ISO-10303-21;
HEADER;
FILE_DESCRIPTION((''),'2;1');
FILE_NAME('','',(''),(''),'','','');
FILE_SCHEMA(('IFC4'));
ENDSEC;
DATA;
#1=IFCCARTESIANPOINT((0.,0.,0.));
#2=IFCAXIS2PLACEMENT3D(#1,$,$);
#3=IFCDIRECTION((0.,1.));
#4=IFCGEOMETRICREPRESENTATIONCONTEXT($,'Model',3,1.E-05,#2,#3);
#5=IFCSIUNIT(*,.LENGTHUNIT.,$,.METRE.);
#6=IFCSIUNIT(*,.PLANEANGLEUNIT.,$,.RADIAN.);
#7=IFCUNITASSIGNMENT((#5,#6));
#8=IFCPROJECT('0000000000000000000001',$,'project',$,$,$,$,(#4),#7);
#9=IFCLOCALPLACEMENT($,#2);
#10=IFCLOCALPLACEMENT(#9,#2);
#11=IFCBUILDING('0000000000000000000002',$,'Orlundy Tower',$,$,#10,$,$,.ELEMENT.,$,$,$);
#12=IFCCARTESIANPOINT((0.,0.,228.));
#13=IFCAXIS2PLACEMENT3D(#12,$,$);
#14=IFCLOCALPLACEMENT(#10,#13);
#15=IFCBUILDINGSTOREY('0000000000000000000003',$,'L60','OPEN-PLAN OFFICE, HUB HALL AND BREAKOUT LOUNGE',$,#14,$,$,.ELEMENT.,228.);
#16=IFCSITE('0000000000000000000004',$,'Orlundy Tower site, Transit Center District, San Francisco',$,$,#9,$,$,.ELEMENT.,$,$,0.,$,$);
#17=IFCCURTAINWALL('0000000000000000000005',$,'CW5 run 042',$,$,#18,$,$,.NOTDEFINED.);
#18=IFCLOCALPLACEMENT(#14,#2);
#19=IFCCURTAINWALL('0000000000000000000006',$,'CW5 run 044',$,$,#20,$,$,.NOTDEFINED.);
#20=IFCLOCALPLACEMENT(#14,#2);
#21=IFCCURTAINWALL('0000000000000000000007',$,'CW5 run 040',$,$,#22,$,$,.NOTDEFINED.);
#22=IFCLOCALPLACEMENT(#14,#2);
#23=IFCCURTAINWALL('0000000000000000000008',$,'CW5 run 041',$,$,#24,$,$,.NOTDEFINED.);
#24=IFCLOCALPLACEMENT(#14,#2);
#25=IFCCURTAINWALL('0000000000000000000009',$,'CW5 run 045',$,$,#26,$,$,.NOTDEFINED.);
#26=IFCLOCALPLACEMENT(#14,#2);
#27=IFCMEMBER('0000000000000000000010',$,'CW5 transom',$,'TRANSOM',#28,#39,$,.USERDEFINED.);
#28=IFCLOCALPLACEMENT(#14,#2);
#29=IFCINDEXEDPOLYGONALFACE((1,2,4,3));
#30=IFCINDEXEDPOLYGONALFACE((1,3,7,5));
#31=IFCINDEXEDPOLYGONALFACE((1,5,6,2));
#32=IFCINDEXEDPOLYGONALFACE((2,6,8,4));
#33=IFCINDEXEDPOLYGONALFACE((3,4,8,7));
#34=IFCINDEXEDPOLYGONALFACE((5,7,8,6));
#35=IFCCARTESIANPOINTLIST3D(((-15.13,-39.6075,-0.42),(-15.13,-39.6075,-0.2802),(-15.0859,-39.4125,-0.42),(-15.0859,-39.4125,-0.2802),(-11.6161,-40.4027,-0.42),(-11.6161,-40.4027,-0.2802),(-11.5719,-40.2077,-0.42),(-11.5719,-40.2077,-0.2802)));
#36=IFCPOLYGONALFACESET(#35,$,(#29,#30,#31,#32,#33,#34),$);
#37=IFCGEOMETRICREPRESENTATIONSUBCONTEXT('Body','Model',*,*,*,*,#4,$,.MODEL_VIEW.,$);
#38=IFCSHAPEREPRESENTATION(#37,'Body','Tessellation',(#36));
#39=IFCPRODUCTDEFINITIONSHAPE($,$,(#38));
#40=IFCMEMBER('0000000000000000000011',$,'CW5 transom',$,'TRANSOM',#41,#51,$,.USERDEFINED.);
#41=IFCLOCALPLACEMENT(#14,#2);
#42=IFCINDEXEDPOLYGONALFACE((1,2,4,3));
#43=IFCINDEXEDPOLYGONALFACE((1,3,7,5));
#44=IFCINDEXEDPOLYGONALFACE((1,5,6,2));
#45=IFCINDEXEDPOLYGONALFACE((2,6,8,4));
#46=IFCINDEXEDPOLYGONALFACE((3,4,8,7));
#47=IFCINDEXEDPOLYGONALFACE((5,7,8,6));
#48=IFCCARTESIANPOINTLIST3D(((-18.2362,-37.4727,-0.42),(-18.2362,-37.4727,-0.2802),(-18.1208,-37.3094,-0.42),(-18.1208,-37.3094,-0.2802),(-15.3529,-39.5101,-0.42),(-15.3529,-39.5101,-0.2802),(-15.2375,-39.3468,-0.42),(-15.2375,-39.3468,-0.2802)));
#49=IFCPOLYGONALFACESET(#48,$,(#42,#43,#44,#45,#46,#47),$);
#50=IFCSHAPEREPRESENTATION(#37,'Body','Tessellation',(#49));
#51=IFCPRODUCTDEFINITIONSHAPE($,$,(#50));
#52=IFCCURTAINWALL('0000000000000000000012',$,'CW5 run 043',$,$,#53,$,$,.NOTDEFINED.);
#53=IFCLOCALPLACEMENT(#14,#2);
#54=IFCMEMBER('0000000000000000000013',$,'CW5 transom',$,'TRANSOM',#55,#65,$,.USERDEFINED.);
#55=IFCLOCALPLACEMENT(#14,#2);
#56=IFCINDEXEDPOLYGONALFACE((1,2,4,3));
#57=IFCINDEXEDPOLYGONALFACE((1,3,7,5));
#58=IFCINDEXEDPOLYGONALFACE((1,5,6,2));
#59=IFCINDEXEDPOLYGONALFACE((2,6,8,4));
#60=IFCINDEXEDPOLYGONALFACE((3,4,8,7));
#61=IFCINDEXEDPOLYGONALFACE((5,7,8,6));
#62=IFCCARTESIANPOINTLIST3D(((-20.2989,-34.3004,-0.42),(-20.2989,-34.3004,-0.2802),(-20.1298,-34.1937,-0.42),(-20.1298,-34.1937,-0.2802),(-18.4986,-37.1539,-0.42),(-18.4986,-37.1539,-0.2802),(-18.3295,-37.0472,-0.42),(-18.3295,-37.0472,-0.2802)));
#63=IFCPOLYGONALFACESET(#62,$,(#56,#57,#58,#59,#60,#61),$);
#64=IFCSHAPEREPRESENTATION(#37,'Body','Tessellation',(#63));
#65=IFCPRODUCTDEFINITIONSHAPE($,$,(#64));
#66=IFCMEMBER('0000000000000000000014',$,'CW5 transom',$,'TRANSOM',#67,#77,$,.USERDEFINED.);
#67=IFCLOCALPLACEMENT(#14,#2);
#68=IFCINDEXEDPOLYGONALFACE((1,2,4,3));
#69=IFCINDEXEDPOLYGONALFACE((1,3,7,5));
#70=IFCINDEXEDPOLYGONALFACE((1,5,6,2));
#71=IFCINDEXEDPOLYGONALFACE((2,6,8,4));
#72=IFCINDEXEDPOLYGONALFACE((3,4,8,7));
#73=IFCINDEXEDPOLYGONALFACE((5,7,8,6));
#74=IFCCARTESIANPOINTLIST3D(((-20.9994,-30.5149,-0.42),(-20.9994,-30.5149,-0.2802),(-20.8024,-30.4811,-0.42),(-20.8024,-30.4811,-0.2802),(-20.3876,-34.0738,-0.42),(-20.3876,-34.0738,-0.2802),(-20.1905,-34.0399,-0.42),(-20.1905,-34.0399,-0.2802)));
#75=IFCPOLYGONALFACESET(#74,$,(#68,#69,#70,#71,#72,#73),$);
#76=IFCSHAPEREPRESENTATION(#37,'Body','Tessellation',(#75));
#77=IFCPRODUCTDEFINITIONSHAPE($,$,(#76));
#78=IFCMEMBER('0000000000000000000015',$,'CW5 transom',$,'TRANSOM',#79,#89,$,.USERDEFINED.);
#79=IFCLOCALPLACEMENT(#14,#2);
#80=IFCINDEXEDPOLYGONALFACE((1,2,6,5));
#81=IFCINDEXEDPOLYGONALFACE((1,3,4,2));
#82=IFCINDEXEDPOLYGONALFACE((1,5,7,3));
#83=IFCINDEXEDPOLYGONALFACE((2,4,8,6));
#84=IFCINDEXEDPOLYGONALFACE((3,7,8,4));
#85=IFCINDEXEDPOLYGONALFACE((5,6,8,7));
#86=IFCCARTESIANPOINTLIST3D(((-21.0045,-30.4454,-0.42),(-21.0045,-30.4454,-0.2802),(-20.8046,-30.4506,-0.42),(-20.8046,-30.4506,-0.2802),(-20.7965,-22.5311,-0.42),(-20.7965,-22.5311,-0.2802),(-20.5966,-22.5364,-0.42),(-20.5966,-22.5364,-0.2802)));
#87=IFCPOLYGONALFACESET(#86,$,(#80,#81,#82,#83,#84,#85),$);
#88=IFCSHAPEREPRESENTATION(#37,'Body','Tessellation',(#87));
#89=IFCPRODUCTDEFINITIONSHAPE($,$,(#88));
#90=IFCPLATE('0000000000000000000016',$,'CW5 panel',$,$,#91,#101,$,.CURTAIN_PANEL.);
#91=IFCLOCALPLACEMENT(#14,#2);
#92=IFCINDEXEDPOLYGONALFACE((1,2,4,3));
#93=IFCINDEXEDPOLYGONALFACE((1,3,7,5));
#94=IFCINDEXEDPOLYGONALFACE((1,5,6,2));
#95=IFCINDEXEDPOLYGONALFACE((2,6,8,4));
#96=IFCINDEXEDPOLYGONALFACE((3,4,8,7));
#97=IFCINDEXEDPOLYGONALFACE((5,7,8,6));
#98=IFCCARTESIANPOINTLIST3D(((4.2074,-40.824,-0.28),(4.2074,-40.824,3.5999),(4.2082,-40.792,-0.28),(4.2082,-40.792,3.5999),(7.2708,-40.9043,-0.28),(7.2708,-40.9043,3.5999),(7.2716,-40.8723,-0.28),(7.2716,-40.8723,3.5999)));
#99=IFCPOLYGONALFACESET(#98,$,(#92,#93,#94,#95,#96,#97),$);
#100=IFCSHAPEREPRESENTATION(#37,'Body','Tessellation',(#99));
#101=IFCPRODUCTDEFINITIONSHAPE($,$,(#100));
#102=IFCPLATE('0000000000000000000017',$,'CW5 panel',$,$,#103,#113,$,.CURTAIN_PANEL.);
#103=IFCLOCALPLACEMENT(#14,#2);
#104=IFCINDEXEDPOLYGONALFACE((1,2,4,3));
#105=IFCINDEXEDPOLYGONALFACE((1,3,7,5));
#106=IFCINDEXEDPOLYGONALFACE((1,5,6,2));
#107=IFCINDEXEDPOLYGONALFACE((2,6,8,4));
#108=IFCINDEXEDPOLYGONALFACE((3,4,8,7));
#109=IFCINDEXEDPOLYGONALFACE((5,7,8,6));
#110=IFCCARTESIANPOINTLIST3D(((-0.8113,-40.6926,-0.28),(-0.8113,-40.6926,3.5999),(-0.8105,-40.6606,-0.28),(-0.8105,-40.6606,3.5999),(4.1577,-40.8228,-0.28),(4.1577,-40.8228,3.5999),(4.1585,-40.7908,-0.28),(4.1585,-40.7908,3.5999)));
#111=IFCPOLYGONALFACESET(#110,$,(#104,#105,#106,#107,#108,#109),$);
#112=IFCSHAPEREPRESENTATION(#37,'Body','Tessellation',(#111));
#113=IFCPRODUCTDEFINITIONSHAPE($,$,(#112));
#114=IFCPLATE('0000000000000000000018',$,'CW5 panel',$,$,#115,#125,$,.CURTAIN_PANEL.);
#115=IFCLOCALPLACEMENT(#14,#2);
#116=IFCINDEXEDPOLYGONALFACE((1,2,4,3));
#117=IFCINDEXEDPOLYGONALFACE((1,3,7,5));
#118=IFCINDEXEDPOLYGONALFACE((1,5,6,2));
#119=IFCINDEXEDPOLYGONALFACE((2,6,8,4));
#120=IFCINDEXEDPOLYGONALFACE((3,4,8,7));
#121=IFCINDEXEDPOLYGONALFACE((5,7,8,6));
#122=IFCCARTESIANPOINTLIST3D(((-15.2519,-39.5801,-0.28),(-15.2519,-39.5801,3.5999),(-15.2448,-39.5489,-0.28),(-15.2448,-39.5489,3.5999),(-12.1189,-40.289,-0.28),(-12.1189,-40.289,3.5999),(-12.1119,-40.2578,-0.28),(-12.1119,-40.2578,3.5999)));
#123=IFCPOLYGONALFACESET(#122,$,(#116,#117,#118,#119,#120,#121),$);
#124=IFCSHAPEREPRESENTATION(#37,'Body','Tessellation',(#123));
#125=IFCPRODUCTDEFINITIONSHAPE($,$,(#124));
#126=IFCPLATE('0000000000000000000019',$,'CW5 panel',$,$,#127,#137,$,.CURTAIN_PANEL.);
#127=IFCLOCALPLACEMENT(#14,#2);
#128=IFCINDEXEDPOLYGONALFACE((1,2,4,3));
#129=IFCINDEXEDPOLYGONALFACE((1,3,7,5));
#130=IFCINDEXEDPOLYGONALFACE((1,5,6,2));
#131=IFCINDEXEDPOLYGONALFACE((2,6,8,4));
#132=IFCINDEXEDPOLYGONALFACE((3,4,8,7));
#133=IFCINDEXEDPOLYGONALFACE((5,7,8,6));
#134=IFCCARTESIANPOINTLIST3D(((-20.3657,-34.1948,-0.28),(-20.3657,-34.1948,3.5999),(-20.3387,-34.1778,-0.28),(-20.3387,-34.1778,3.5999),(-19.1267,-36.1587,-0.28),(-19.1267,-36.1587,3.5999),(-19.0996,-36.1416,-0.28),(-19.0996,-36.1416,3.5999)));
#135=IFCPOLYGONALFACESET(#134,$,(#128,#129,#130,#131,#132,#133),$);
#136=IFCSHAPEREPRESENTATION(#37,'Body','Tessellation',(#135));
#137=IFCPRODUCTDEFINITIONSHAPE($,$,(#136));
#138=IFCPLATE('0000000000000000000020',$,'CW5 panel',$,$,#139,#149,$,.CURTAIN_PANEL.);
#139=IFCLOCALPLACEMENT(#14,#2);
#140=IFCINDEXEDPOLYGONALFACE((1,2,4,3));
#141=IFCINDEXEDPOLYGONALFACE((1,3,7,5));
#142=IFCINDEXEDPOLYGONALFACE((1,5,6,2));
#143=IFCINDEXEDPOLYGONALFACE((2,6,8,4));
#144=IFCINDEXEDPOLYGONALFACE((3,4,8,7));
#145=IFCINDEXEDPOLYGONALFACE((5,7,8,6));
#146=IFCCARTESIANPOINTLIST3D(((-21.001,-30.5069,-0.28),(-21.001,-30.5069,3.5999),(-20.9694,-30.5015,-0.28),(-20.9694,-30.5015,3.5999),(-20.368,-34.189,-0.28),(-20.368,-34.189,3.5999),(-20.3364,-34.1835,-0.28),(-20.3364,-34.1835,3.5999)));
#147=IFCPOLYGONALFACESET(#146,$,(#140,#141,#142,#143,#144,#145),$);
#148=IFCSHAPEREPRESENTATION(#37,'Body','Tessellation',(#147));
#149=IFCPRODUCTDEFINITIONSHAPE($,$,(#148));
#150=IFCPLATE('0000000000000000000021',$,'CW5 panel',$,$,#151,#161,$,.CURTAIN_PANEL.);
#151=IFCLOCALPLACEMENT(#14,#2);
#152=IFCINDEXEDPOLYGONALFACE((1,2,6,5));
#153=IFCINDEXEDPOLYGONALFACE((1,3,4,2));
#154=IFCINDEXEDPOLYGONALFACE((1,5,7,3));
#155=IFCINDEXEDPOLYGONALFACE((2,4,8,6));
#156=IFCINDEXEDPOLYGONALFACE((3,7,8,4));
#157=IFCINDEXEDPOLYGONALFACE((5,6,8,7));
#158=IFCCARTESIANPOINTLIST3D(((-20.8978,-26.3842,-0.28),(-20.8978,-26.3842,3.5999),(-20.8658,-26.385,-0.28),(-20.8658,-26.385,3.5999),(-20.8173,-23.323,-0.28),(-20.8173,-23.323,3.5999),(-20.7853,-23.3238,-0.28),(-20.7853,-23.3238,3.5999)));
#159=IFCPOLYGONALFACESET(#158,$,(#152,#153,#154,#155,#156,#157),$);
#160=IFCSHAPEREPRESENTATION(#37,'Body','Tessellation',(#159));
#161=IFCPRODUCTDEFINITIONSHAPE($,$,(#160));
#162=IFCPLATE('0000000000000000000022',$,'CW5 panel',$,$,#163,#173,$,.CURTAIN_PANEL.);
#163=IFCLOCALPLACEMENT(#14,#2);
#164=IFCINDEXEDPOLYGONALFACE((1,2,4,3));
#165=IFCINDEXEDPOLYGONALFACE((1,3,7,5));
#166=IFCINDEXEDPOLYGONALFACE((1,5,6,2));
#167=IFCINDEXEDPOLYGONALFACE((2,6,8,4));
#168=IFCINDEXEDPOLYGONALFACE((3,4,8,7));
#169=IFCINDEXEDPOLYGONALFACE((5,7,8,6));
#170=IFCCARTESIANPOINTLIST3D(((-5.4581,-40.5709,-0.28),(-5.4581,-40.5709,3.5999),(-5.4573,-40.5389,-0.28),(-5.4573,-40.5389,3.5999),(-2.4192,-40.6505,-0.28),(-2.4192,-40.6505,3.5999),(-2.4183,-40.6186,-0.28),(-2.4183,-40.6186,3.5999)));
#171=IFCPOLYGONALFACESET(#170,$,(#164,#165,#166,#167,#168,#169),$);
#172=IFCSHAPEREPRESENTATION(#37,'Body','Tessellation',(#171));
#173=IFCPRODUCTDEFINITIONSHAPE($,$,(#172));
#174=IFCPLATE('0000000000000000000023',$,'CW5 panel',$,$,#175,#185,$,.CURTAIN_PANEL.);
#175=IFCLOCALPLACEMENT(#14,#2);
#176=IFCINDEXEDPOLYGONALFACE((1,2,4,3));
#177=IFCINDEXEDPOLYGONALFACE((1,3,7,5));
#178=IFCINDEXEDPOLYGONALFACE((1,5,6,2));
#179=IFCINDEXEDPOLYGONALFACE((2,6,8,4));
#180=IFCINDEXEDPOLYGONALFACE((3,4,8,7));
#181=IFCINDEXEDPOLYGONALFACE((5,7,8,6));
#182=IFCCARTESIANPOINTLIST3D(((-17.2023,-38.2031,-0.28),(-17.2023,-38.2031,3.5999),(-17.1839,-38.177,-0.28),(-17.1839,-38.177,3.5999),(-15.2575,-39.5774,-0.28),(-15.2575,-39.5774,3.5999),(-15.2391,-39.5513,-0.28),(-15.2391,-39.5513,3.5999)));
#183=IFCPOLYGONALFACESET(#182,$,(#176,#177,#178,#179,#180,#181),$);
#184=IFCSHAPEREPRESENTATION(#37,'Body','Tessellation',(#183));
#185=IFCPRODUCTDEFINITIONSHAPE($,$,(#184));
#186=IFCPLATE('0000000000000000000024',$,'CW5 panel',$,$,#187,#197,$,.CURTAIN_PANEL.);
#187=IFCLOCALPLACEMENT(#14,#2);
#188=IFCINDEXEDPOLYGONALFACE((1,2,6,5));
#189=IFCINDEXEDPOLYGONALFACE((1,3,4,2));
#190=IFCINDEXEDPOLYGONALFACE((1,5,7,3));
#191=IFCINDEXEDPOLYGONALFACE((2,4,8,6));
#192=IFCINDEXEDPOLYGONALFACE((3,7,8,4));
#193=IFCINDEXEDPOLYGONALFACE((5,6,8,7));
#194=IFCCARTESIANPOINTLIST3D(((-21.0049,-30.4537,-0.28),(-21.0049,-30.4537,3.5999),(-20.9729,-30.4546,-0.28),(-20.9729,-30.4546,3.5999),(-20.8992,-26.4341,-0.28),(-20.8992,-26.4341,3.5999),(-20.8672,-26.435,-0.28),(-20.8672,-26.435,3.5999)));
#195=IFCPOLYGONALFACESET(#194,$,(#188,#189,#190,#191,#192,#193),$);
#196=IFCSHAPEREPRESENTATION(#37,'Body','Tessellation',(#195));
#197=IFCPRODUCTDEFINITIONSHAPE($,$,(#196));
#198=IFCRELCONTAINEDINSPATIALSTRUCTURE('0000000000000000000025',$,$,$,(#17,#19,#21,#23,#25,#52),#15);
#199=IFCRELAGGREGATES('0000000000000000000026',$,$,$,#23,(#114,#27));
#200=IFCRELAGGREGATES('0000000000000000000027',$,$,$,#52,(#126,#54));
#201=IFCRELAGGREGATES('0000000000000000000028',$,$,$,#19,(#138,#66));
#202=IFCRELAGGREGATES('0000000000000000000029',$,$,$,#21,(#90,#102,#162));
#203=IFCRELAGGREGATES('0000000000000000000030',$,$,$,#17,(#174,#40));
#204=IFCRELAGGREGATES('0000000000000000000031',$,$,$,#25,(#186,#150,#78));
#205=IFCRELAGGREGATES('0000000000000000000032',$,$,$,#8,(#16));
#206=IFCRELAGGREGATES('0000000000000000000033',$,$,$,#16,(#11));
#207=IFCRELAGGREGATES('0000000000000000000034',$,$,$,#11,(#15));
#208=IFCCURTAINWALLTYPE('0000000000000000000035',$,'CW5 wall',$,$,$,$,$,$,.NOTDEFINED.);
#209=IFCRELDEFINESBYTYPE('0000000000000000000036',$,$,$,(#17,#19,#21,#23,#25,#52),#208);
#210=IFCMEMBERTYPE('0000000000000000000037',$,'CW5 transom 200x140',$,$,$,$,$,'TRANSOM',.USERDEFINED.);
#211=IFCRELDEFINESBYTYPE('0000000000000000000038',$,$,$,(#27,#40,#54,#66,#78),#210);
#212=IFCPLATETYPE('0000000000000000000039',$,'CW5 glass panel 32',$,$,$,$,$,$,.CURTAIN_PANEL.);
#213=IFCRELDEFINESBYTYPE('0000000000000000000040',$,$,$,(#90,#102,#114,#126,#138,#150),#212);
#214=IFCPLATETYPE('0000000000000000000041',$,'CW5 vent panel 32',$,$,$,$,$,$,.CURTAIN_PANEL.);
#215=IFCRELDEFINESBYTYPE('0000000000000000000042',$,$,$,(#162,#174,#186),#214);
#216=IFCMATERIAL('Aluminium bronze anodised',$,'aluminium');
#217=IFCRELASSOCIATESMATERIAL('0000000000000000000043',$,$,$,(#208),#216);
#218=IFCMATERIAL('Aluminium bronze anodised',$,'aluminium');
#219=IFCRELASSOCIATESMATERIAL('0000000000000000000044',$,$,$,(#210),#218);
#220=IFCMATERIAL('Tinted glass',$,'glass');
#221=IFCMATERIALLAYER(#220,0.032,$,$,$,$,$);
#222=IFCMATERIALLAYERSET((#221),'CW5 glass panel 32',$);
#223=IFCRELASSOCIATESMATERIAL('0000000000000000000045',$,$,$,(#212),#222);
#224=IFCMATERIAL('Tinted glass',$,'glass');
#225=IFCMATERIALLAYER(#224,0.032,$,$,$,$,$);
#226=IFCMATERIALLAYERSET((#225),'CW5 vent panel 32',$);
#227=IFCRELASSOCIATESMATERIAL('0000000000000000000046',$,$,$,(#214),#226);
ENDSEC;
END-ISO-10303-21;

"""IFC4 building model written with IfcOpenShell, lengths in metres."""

from ifc_helpers import new_model, si_unit, direction, frame, origin, origin_2d, place, context, subcontext, project, spatial, rectangle, extrude, material, layer, layer_set, material_profile, profile_set, type_object, element, aggregate, save


model = new_model("IFC4")

# Units and contexts
model_context = context("Model", 3, precision=1e-05, world=origin(), true_north=direction((0.0, 1.0)))
body_context = subcontext(model_context, "Body", "Model", "MODEL_VIEW")
ifc_project = project(units=[si_unit("LENGTHUNIT", "METRE"), si_unit("PLANEANGLEUNIT", "RADIAN")], contexts=[model_context])

# Site, building, storey
site_placement = place(None, origin())
site = spatial("IfcSite", under=ifc_project, at=site_placement, Name="Orlundy Tower site, Transit Center District, San Francisco", CompositionType="ELEMENT", RefElevation=0.0)
building_placement = place(site_placement, origin())
building = spatial("IfcBuilding", under=site, at=building_placement, Name="Orlundy Tower", CompositionType="ELEMENT")
storey_placement = place(building_placement, frame((0.0, 0.0, 228.0)))
storey = spatial("IfcBuildingStorey", under=building, at=storey_placement, Name="L60", Description="OPEN-PLAN OFFICE, HUB HALL AND BREAKOUT LOUNGE", CompositionType="ELEMENT", Elevation=228.0)

# Curtain walls
ifc_material_1 = material(Name="Aluminium bronze anodised", Category="aluminium")
curtain_wall_type = type_object("IfcCurtainWallType", Name="CW5 wall", PredefinedType="NOTDEFINED", material=ifc_material_1)
curtain_wall_1_placement = place(storey_placement, origin())
curtain_wall_1 = element("IfcCurtainWall", 1, at=curtain_wall_1_placement, inside=storey, type_object=curtain_wall_type, Name="CW5 run 042", PredefinedType="NOTDEFINED")
curtain_wall_2_placement = place(storey_placement, origin())
curtain_wall_2 = element("IfcCurtainWall", 2, at=curtain_wall_2_placement, inside=storey, type_object=curtain_wall_type, Name="CW5 run 044", PredefinedType="NOTDEFINED")

# Curtain wall
curtain_wall_3_placement = place(storey_placement, origin())
curtain_wall_3 = element("IfcCurtainWall", 3, at=curtain_wall_3_placement, inside=storey, type_object=curtain_wall_type, Name="CW5 run 040", PredefinedType="NOTDEFINED")

# Curtain wall
curtain_wall_4_placement = place(storey_placement, origin())
curtain_wall_4 = element("IfcCurtainWall", 4, at=curtain_wall_4_placement, inside=storey, type_object=curtain_wall_type, Name="CW5 run 041", PredefinedType="NOTDEFINED")

# Curtain wall
curtain_wall_5_placement = place(storey_placement, origin())
curtain_wall_5 = element("IfcCurtainWall", 5, at=curtain_wall_5_placement, inside=storey, type_object=curtain_wall_type, Name="CW5 run 045", PredefinedType="NOTDEFINED")

# Members
ifc_material_2 = material(Name="Aluminium bronze anodised", Category="aluminium")
ifc_material_profile_1 = material_profile(ifc_material_2, rectangle(XDim=0.2, YDim=0.1399, at=origin_2d()), Name="CW5 transom 200x140")
ifc_profile_set_1 = profile_set([ifc_material_profile_1], Name="Aluminium bronze anodised")
member_type_1 = type_object("IfcMemberType", Name="CW5 transom 200x140", ElementType="TRANSOM", PredefinedType="USERDEFINED", material=ifc_profile_set_1)
member_1_placement = place(storey_placement, frame((-11.594, -40.3052, -0.3501), z_axis=(-0.975339, 0.22071, 0.0), x_axis=(-0.22071, -0.975339, 0.0)))
member_1 = element("IfcMember", 6, at=member_1_placement, type_object=member_type_1, Name="CW5 transom", ObjectType="TRANSOM", PredefinedType="USERDEFINED", context=body_context, shape_type="SweptSolid", body=[
    extrude(rectangle(XDim=0.2, YDim=0.1399, at=origin_2d()), origin(), (0.0, 0.0, 1.0), 3.6028),
])
member_2_placement = place(storey_placement, frame((-15.2952, -39.4285, -0.3501), z_axis=(-0.81669, 0.577077, 0.0), x_axis=(-0.577077, -0.81669, 0.0)))
member_2 = element("IfcMember", 7, at=member_2_placement, type_object=member_type_1, Name="CW5 transom", ObjectType="TRANSOM", PredefinedType="USERDEFINED", context=body_context, shape_type="SweptSolid", body=[
    extrude(rectangle(XDim=0.2, YDim=0.1399, at=origin_2d()), origin(), (0.0, 0.0, 1.0), 3.5305),
])

# Curtain wall, member
curtain_wall_6_placement = place(storey_placement, origin())
curtain_wall_6 = element("IfcCurtainWall", 8, at=curtain_wall_6_placement, inside=storey, type_object=curtain_wall_type, Name="CW5 run 043", PredefinedType="NOTDEFINED")
member_3_placement = place(storey_placement, frame((-18.4141, -37.1006, -0.3501), z_axis=(-0.533585, 0.845747, 0.0), x_axis=(-0.845747, -0.533585, 0.0)))
member_3 = element("IfcMember", 9, at=member_3_placement, type_object=member_type_1, Name="CW5 transom", ObjectType="TRANSOM", PredefinedType="USERDEFINED", context=body_context, shape_type="SweptSolid", body=[
    extrude(rectangle(XDim=0.2, YDim=0.1399, at=origin_2d()), origin(), (0.0, 0.0, 1.0), 3.374),
])

# Members
member_4_placement = place(storey_placement, frame((-20.2891, -34.0569, -0.3501), z_axis=(-0.169429, 0.985542, 0.0), x_axis=(-0.985542, -0.169429, 0.0)))
member_4 = element("IfcMember", 10, at=member_4_placement, type_object=member_type_1, Name="CW5 transom", ObjectType="TRANSOM", PredefinedType="USERDEFINED", context=body_context, shape_type="SweptSolid", body=[
    extrude(rectangle(XDim=0.2, YDim=0.1399, at=origin_2d()), origin(), (0.0, 0.0, 1.0), 3.6111),
])
member_5_placement = place(storey_placement, frame((-20.9045, -30.448, -0.3501), z_axis=(0.026273, 0.999655, 0.0), x_axis=(-0.999655, 0.026273, 0.0)))
member_5 = element("IfcMember", 11, at=member_5_placement, type_object=member_type_1, Name="CW5 transom", ObjectType="TRANSOM", PredefinedType="USERDEFINED", context=body_context, shape_type="SweptSolid", body=[
    extrude(rectangle(XDim=0.2, YDim=0.1399, at=origin_2d()), origin(), (0.0, 0.0, 1.0), 7.917),
])

# Plates
ifc_material_3 = material(Name="Tinted glass", Category="glass")
ifc_layer_1 = layer(ifc_material_3, 0.032)
ifc_layer_set_1 = layer_set([ifc_layer_1], Name="CW5 glass panel 32")
plate_type_1 = type_object("IfcPlateType", Name="CW5 glass panel 32", PredefinedType="CURTAIN_PANEL", material=ifc_layer_set_1)
plate_1_placement = place(storey_placement, frame((5.7395, -40.8481, -0.28), z_axis=(0.0, 0.0, 1.0), x_axis=(-0.999657, 0.02619, 0.0)))
plate_1 = element("IfcPlate", 12, at=plate_1_placement, type_object=plate_type_1, Name="CW5 panel", PredefinedType="CURTAIN_PANEL", context=body_context, shape_type="SweptSolid", body=[
    extrude(rectangle(XDim=3.0645, YDim=0.032, at=origin_2d()), origin(), (0.0, 0.0, 1.0), 3.8799),
])
plate_2_placement = place(storey_placement, frame((1.6736, -40.7417, -0.28), z_axis=(0.0, 0.0, 1.0), x_axis=(-0.999657, 0.02619, 0.0)))
plate_2 = element("IfcPlate", 13, at=plate_2_placement, type_object=plate_type_1, Name="CW5 panel", PredefinedType="CURTAIN_PANEL", context=body_context, shape_type="SweptSolid", body=[
    extrude(rectangle(XDim=4.9707, YDim=0.032, at=origin_2d()), origin(), (0.0, 0.0, 1.0), 3.8799),
])
plate_3_placement = place(storey_placement, frame((-13.6819, -39.9189, -0.28), z_axis=(0.0, 0.0, 1.0), x_axis=(-0.975342, 0.2207, 0.0)))
plate_3 = element("IfcPlate", 14, at=plate_3_placement, type_object=plate_type_1, Name="CW5 panel", PredefinedType="CURTAIN_PANEL", context=body_context, shape_type="SweptSolid", body=[
    extrude(rectangle(XDim=3.2122, YDim=0.032, at=origin_2d()), origin(), (0.0, 0.0, 1.0), 3.8799),
])
aggregate(curtain_wall_4, [plate_3, member_1])
plate_4_placement = place(storey_placement, frame((-19.7327, -35.1682, -0.28), z_axis=(0.0, 0.0, 1.0), x_axis=(-0.533607, 0.845732, 0.0)))
plate_4 = element("IfcPlate", 15, at=plate_4_placement, type_object=plate_type_1, Name="CW5 panel", PredefinedType="CURTAIN_PANEL", context=body_context, shape_type="SweptSolid", body=[
    extrude(rectangle(XDim=2.322, YDim=0.032, at=origin_2d()), origin(), (0.0, 0.0, 1.0), 3.8799),
])
aggregate(curtain_wall_6, [plate_4, member_3])
plate_5_placement = place(storey_placement, frame((-20.6687, -32.3452, -0.28), z_axis=(0.0, 0.0, 1.0), x_axis=(-0.169428, 0.985543, 0.0)))
plate_5 = element("IfcPlate", 16, at=plate_5_placement, type_object=plate_type_1, Name="CW5 panel", PredefinedType="CURTAIN_PANEL", context=body_context, shape_type="SweptSolid", body=[
    extrude(rectangle(XDim=3.7361, YDim=0.032, at=origin_2d()), origin(), (0.0, 0.0, 1.0), 3.8799),
])
aggregate(curtain_wall_2, [plate_5, member_4])
plate_6_placement = place(storey_placement, frame((-20.8416, -24.854, -0.28), z_axis=(0.0, 0.0, 1.0), x_axis=(0.026277, 0.999655, 0.0)))
plate_6 = element("IfcPlate", 17, at=plate_6_placement, type_object=plate_type_1, Name="CW5 panel", PredefinedType="CURTAIN_PANEL", context=body_context, shape_type="SweptSolid", body=[
    extrude(rectangle(XDim=3.0623, YDim=0.032, at=origin_2d()), origin(), (0.0, 0.0, 1.0), 3.8799),
])
ifc_material_4 = material(Name="Tinted glass", Category="glass")
ifc_layer_2 = layer(ifc_material_4, 0.032)
ifc_layer_set_2 = layer_set([ifc_layer_2], Name="CW5 vent panel 32")
plate_type_2 = type_object("IfcPlateType", Name="CW5 vent panel 32", PredefinedType="CURTAIN_PANEL", material=ifc_layer_set_2)
plate_7_placement = place(storey_placement, frame((-3.9382, -40.5947, -0.28), z_axis=(0.0, 0.0, 1.0), x_axis=(-0.999657, 0.02619, 0.0)))
plate_7 = element("IfcPlate", 18, at=plate_7_placement, type_object=plate_type_2, Name="CW5 panel", PredefinedType="CURTAIN_PANEL", context=body_context, shape_type="SweptSolid", body=[
    extrude(rectangle(XDim=3.04, YDim=0.032, at=origin_2d()), origin(), (0.0, 0.0, 1.0), 3.8799),
])
aggregate(curtain_wall_3, [plate_1, plate_2, plate_7])
plate_8_placement = place(storey_placement, frame((-16.2207, -38.8772, -0.28), z_axis=(0.0, 0.0, 1.0), x_axis=(-0.816676, 0.577096, 0.0)))
plate_8 = element("IfcPlate", 19, at=plate_8_placement, type_object=plate_type_2, Name="CW5 panel", PredefinedType="CURTAIN_PANEL", context=body_context, shape_type="SweptSolid", body=[
    extrude(rectangle(XDim=2.3813, YDim=0.032, at=origin_2d()), origin(), (0.0, 0.0, 1.0), 3.8799),
])
aggregate(curtain_wall_1, [plate_8, member_2])
plate_9_placement = place(storey_placement, frame((-20.936, -28.4443, -0.28), z_axis=(0.0, 0.0, 1.0), x_axis=(0.026277, 0.999655, 0.0)))
plate_9 = element("IfcPlate", 20, at=plate_9_placement, type_object=plate_type_2, Name="CW5 panel", PredefinedType="CURTAIN_PANEL", context=body_context, shape_type="SweptSolid", body=[
    extrude(rectangle(XDim=4.021, YDim=0.032, at=origin_2d()), origin(), (0.0, 0.0, 1.0), 3.8799),
])
aggregate(curtain_wall_5, [plate_9, plate_6, member_5])

save(model, "model.ifc")
